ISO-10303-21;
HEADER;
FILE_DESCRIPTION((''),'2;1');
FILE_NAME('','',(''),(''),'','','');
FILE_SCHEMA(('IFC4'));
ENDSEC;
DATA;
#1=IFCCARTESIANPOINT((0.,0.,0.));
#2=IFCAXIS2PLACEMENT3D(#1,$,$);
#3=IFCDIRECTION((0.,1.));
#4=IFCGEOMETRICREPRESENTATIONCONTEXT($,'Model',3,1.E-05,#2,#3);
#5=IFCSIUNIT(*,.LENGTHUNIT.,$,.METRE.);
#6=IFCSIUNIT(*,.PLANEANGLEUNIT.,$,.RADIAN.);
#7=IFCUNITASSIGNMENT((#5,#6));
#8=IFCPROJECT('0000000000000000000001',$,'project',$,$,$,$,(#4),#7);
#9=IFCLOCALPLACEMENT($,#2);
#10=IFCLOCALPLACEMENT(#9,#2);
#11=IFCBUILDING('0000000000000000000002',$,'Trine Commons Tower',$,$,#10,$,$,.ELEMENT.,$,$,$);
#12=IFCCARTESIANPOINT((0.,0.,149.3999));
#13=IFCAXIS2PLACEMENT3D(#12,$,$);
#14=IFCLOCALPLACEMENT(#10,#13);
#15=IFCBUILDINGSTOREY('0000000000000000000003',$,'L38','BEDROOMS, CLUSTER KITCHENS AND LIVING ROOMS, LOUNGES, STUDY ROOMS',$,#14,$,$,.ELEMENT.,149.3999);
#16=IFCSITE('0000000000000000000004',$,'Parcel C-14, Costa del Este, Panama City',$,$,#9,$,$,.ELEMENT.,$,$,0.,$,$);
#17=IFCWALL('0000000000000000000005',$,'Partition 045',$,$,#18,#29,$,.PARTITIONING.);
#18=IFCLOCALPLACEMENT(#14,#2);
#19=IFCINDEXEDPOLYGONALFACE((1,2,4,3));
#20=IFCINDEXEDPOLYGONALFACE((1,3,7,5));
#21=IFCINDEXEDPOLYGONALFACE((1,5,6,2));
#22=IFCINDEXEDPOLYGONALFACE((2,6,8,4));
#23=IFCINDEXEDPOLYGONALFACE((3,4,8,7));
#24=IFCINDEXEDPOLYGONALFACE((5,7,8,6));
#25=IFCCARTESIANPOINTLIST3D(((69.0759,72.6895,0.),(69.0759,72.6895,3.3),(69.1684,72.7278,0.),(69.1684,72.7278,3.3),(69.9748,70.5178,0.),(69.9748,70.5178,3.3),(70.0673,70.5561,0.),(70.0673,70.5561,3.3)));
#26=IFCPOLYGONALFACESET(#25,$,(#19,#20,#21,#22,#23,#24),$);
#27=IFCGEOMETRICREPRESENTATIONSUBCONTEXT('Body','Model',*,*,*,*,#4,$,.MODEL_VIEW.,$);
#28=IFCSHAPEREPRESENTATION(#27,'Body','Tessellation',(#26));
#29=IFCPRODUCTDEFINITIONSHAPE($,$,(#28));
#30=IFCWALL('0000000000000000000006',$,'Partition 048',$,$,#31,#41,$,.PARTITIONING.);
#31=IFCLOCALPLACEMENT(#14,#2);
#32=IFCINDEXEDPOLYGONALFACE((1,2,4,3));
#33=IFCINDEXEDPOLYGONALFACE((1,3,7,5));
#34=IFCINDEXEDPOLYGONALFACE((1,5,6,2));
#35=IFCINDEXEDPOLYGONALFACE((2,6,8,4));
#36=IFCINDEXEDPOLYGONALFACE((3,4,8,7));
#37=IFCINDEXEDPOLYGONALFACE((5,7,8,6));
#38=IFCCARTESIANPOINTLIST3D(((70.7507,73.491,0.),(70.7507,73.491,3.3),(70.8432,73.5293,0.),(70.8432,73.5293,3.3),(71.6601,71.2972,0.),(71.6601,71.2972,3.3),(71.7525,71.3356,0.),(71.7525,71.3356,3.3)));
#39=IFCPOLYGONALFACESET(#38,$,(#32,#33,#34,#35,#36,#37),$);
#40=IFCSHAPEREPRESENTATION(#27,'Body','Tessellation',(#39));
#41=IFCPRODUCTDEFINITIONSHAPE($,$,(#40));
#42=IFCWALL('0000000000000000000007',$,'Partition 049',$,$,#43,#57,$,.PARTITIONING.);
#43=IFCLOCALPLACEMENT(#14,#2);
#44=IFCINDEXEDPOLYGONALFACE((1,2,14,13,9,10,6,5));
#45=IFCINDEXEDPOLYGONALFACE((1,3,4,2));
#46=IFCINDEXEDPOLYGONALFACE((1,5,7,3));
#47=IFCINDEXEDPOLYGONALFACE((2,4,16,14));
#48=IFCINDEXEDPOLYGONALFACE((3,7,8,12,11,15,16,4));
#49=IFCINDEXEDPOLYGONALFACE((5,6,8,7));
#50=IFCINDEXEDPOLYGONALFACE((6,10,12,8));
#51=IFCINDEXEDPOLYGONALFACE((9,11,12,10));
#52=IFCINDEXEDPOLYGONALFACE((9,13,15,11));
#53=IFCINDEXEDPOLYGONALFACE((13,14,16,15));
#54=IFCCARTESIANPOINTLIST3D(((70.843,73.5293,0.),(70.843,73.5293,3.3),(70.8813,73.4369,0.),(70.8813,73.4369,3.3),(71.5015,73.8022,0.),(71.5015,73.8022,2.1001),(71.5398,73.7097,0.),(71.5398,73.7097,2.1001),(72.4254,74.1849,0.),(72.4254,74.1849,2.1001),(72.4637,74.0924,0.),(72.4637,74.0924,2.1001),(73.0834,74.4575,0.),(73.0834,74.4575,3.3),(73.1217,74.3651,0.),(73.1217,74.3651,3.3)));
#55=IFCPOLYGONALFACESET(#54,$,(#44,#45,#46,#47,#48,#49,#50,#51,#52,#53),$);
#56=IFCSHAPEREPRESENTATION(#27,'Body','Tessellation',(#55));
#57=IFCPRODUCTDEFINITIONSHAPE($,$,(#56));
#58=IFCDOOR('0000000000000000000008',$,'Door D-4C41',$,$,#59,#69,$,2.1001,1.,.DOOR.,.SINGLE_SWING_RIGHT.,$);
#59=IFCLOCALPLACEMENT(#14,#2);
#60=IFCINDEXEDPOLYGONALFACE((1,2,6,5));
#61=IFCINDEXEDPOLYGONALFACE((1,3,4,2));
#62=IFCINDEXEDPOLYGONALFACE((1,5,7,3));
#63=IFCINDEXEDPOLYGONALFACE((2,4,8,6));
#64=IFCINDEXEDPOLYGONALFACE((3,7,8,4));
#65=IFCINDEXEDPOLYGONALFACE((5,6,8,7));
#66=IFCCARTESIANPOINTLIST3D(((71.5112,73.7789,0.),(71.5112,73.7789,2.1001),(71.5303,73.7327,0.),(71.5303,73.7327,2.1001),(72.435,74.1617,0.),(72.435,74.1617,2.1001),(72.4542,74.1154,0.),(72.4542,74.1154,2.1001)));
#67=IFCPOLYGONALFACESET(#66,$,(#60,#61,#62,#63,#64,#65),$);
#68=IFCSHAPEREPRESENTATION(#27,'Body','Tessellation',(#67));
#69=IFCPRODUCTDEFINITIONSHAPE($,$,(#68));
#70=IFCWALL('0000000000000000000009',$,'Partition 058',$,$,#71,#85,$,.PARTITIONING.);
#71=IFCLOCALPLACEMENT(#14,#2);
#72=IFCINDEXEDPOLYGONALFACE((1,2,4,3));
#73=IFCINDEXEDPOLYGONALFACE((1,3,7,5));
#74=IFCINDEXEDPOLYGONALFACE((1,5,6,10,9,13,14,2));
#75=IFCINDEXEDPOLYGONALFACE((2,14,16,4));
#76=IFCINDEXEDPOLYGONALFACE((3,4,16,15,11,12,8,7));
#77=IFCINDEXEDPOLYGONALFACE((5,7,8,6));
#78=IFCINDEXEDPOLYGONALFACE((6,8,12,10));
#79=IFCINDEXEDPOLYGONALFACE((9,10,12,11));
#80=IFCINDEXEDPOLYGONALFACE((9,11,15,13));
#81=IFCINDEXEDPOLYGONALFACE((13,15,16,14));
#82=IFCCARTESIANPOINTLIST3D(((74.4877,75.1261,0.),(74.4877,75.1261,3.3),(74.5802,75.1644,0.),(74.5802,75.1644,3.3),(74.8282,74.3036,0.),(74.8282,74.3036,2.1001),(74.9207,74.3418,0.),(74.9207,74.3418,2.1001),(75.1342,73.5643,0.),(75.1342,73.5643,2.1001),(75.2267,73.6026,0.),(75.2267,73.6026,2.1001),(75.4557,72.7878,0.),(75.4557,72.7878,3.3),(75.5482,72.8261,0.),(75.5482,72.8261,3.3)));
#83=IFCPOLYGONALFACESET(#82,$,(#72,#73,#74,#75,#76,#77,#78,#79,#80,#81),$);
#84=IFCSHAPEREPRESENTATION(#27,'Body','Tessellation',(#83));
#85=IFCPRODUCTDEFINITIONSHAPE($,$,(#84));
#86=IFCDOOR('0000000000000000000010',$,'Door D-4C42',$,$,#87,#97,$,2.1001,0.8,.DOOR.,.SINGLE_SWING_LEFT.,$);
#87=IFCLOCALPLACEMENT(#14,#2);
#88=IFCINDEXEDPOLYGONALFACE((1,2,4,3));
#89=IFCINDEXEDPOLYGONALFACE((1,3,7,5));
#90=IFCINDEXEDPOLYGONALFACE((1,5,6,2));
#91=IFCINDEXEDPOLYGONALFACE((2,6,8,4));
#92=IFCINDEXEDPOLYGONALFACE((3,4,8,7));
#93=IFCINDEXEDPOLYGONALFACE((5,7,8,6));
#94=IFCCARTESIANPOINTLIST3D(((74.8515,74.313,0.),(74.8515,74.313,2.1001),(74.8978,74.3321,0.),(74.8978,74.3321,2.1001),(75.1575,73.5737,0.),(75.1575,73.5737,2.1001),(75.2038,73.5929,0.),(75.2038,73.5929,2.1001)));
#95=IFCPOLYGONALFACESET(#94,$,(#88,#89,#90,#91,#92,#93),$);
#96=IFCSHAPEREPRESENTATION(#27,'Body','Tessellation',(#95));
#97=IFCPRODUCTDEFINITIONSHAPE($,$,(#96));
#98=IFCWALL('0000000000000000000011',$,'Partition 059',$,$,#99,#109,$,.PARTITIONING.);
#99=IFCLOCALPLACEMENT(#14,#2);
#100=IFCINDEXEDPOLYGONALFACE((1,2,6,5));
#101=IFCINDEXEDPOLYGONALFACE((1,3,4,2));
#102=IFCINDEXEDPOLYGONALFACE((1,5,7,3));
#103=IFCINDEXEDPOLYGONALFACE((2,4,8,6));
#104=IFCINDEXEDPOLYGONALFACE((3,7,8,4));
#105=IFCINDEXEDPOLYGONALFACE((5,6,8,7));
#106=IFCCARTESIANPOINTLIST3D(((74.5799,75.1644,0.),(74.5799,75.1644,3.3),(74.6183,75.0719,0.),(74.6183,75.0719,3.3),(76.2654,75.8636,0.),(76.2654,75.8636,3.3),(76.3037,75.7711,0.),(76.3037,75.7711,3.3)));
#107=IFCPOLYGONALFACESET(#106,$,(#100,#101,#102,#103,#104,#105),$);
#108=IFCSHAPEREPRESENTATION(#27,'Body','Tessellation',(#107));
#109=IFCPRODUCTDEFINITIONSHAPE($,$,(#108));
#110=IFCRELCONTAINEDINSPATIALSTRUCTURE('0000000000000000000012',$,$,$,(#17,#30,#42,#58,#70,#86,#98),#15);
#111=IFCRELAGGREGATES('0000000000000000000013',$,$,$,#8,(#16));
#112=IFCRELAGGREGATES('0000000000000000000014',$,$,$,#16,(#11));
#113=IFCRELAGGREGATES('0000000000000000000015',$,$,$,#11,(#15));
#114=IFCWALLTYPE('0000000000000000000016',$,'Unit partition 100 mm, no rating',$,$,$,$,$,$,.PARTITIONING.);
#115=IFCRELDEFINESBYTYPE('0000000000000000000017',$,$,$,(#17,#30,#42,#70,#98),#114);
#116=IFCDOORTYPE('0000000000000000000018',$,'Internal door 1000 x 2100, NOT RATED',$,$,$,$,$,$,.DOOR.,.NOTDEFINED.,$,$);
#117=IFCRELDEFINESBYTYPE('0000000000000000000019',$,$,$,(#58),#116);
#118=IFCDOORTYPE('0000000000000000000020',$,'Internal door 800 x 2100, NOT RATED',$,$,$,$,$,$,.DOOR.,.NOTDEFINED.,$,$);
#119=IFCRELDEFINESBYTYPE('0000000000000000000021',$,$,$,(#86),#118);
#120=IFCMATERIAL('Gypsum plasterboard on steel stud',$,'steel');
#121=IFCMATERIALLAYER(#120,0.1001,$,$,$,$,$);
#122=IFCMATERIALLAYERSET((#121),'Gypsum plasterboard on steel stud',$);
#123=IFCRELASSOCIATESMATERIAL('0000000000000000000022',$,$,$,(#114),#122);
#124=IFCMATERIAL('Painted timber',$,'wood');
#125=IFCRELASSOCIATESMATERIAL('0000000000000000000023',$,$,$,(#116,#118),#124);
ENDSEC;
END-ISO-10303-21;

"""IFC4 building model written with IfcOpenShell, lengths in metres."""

from ifc_helpers import new_model, si_unit, direction, frame, frame_2d, origin, place, context, subcontext, project, spatial, rectangle, extrude, material, layer, layer_set, type_object, element, fill, save


model = new_model("IFC4")

# Units and contexts
model_context = context("Model", 3, precision=1e-05, world=origin(), true_north=direction((0.0, 1.0)))
body_context = subcontext(model_context, "Body", "Model", "MODEL_VIEW")
ifc_project = project(units=[si_unit("LENGTHUNIT", "METRE"), si_unit("PLANEANGLEUNIT", "RADIAN")], contexts=[model_context])

# Site, building, storey
site_placement = place(None, origin())
site = spatial("IfcSite", under=ifc_project, at=site_placement, Name="Parcel C-14, Costa del Este, Panama City", CompositionType="ELEMENT", RefElevation=0.0)
building_placement = place(site_placement, origin())
building = spatial("IfcBuilding", under=site, at=building_placement, Name="Trine Commons Tower", CompositionType="ELEMENT")
storey_placement = place(building_placement, frame((0.0, 0.0, 149.3999)))
storey = spatial("IfcBuildingStorey", under=building, at=storey_placement, Name="L38", Description="BEDROOMS, CLUSTER KITCHENS AND LIVING ROOMS, LOUNGES, STUDY ROOMS", CompositionType="ELEMENT", Elevation=149.3999)

# Shared definitions
ifc_material_1 = material(Name="Gypsum plasterboard on steel stud", Category="steel")

# Shared definitions
ifc_layer_1 = layer(ifc_material_1, 0.1001)
ifc_layer_set_1 = layer_set([ifc_layer_1], Name="Gypsum plasterboard on steel stud")
wall_type_1 = type_object("IfcWallType", Name="Unit partition 100 mm, no rating", PredefinedType="PARTITIONING", material=ifc_layer_set_1)

# Shared definitions
ifc_material_2 = material(Name="Painted timber", Category="wood")
door_type_1 = type_object("IfcDoorType", Name="Internal door 1000 x 2100, NOT RATED", OperationType="NOTDEFINED", PredefinedType="DOOR", material=ifc_material_2)

# Walls
wall_1_placement = place(storey_placement, frame((69.1221, 72.7087, 0.0), z_axis=(0.0, 0.0, 1.0), x_axis=(0.382468, -0.923969, 0.0)))
element("IfcWall", 1, at=wall_1_placement, inside=storey, type_object=wall_type_1, Name="Partition 045", PredefinedType="PARTITIONING", context=body_context, shape_type="SweptSolid", body=[
    extrude(rectangle(XDim=2.3503, YDim=0.1001, at=frame_2d((1.1753, 0.0))), origin(), (0.0, 0.0, 1.0), 3.3),
])
wall_2_placement = place(storey_placement, frame((70.7969, 73.5103, 0.0), z_axis=(0.0, 0.0, 1.0), x_axis=(0.382936, -0.923775, 0.0)))
element("IfcWall", 2, at=wall_2_placement, inside=storey, type_object=wall_type_1, Name="Partition 048", PredefinedType="PARTITIONING", context=body_context, shape_type="SweptSolid", body=[
    extrude(rectangle(XDim=2.3748, YDim=0.1001, at=frame_2d((1.1875, 0.0))), origin(), (0.0, 0.0, 1.0), 3.3),
])

# Walls, openings, doors
wall_3_placement = place(storey_placement, frame((70.8623, 73.4832, 0.0), z_axis=(0.0, 0.0, 1.0), x_axis=(0.923852, 0.382749, 0.0)))
wall_3 = element("IfcWall", 3, at=wall_3_placement, inside=storey, type_object=wall_type_1, Name="Partition 049", PredefinedType="PARTITIONING", context=body_context, shape_type="SweptSolid", body=[
    extrude(rectangle(XDim=2.425, YDim=0.1001, at=frame_2d((1.2124, 0.0))), origin(), (0.0, 0.0, 1.0), 3.3),
])
opening_1_placement = place(wall_3_placement, frame((0.7126, 0.0, 0.0)))
opening_1 = element("IfcOpeningElement", 4, at=opening_1_placement, cuts=wall_3, PredefinedType="OPENING", context=body_context, shape_type="SweptSolid", body=[
    extrude(rectangle(XDim=1.0, YDim=2.1001, at=frame_2d((0.5, 1.05))), frame((0.0, 0.0601, 0.0), z_axis=(0.0, -1.0, 0.0), x_axis=(1.0, 0.0, 0.0)), (0.0, 0.0, 1.0), 0.1201),
])
door_1_placement = place(opening_1_placement, origin())
door_1 = element("IfcDoor", 5, at=door_1_placement, inside=storey, type_object=door_type_1, Name="Door D-4C41", OperationType="SINGLE_SWING_RIGHT", OverallHeight=2.1001, OverallWidth=1.0, PredefinedType="DOOR", context=body_context, shape_type="SweptSolid", body=[
    extrude(rectangle(XDim=1.0, YDim=2.1001, at=frame_2d((0.5, 1.05))), frame((0.0, 0.0249, 0.0), z_axis=(0.0, -1.0, 0.0), x_axis=(1.0, 0.0, 0.0)), (0.0, 0.0, 1.0), 0.05),
])
fill(opening_1, door_1)
wall_4_placement = place(storey_placement, frame((74.5339, 75.1453, 0.0), z_axis=(0.0, 0.0, 1.0), x_axis=(0.382491, -0.923959, 0.0)))
wall_4 = element("IfcWall", 6, at=wall_4_placement, inside=storey, type_object=wall_type_1, Name="Partition 058", PredefinedType="PARTITIONING", context=body_context, shape_type="SweptSolid", body=[
    extrude(rectangle(XDim=2.5308, YDim=0.1001, at=frame_2d((1.2654, 0.0))), origin(), (0.0, 0.0, 1.0), 3.3),
])
opening_2_placement = place(wall_4_placement, frame((0.8904, 0.0, 0.0)))
opening_2 = element("IfcOpeningElement", 7, at=opening_2_placement, cuts=wall_4, PredefinedType="OPENING", context=body_context, shape_type="SweptSolid", body=[
    extrude(rectangle(XDim=0.8, YDim=2.1001, at=frame_2d((0.3999, 1.05))), frame((0.0, 0.0601, 0.0), z_axis=(0.0, -1.0, 0.0), x_axis=(1.0, 0.0, 0.0)), (0.0, 0.0, 1.0), 0.1201),
])
door_type_2 = type_object("IfcDoorType", Name="Internal door 800 x 2100, NOT RATED", OperationType="NOTDEFINED", PredefinedType="DOOR", material=ifc_material_2)
door_2_placement = place(opening_2_placement, frame((0.8, 0.0, 0.0), z_axis=(0.0, 0.0, 1.0), x_axis=(-1.0, 0.0, 0.0)))
door_2 = element("IfcDoor", 8, at=door_2_placement, inside=storey, type_object=door_type_2, Name="Door D-4C42", OperationType="SINGLE_SWING_LEFT", OverallHeight=2.1001, OverallWidth=0.8, PredefinedType="DOOR", context=body_context, shape_type="SweptSolid", body=[
    extrude(rectangle(XDim=0.8, YDim=2.1001, at=frame_2d((0.3999, 1.05))), frame((0.0, 0.0249, 0.0), z_axis=(0.0, -1.0, 0.0), x_axis=(1.0, 0.0, 0.0)), (0.0, 0.0, 1.0), 0.05),
])
fill(opening_2, door_2)

# Wall
wall_5_placement = place(storey_placement, frame((74.5991, 75.1182, 0.0), z_axis=(0.0, 0.0, 1.0), x_axis=(0.923677, 0.383171, 0.0)))
element("IfcWall", 9, at=wall_5_placement, inside=storey, type_object=wall_type_1, Name="Partition 059", PredefinedType="PARTITIONING", context=body_context, shape_type="SweptSolid", body=[
    extrude(rectangle(XDim=1.8247, YDim=0.1001, at=frame_2d((0.9124, 0.0))), origin(), (0.0, 0.0, 1.0), 3.3),
])

save(model, "model.ifc")
